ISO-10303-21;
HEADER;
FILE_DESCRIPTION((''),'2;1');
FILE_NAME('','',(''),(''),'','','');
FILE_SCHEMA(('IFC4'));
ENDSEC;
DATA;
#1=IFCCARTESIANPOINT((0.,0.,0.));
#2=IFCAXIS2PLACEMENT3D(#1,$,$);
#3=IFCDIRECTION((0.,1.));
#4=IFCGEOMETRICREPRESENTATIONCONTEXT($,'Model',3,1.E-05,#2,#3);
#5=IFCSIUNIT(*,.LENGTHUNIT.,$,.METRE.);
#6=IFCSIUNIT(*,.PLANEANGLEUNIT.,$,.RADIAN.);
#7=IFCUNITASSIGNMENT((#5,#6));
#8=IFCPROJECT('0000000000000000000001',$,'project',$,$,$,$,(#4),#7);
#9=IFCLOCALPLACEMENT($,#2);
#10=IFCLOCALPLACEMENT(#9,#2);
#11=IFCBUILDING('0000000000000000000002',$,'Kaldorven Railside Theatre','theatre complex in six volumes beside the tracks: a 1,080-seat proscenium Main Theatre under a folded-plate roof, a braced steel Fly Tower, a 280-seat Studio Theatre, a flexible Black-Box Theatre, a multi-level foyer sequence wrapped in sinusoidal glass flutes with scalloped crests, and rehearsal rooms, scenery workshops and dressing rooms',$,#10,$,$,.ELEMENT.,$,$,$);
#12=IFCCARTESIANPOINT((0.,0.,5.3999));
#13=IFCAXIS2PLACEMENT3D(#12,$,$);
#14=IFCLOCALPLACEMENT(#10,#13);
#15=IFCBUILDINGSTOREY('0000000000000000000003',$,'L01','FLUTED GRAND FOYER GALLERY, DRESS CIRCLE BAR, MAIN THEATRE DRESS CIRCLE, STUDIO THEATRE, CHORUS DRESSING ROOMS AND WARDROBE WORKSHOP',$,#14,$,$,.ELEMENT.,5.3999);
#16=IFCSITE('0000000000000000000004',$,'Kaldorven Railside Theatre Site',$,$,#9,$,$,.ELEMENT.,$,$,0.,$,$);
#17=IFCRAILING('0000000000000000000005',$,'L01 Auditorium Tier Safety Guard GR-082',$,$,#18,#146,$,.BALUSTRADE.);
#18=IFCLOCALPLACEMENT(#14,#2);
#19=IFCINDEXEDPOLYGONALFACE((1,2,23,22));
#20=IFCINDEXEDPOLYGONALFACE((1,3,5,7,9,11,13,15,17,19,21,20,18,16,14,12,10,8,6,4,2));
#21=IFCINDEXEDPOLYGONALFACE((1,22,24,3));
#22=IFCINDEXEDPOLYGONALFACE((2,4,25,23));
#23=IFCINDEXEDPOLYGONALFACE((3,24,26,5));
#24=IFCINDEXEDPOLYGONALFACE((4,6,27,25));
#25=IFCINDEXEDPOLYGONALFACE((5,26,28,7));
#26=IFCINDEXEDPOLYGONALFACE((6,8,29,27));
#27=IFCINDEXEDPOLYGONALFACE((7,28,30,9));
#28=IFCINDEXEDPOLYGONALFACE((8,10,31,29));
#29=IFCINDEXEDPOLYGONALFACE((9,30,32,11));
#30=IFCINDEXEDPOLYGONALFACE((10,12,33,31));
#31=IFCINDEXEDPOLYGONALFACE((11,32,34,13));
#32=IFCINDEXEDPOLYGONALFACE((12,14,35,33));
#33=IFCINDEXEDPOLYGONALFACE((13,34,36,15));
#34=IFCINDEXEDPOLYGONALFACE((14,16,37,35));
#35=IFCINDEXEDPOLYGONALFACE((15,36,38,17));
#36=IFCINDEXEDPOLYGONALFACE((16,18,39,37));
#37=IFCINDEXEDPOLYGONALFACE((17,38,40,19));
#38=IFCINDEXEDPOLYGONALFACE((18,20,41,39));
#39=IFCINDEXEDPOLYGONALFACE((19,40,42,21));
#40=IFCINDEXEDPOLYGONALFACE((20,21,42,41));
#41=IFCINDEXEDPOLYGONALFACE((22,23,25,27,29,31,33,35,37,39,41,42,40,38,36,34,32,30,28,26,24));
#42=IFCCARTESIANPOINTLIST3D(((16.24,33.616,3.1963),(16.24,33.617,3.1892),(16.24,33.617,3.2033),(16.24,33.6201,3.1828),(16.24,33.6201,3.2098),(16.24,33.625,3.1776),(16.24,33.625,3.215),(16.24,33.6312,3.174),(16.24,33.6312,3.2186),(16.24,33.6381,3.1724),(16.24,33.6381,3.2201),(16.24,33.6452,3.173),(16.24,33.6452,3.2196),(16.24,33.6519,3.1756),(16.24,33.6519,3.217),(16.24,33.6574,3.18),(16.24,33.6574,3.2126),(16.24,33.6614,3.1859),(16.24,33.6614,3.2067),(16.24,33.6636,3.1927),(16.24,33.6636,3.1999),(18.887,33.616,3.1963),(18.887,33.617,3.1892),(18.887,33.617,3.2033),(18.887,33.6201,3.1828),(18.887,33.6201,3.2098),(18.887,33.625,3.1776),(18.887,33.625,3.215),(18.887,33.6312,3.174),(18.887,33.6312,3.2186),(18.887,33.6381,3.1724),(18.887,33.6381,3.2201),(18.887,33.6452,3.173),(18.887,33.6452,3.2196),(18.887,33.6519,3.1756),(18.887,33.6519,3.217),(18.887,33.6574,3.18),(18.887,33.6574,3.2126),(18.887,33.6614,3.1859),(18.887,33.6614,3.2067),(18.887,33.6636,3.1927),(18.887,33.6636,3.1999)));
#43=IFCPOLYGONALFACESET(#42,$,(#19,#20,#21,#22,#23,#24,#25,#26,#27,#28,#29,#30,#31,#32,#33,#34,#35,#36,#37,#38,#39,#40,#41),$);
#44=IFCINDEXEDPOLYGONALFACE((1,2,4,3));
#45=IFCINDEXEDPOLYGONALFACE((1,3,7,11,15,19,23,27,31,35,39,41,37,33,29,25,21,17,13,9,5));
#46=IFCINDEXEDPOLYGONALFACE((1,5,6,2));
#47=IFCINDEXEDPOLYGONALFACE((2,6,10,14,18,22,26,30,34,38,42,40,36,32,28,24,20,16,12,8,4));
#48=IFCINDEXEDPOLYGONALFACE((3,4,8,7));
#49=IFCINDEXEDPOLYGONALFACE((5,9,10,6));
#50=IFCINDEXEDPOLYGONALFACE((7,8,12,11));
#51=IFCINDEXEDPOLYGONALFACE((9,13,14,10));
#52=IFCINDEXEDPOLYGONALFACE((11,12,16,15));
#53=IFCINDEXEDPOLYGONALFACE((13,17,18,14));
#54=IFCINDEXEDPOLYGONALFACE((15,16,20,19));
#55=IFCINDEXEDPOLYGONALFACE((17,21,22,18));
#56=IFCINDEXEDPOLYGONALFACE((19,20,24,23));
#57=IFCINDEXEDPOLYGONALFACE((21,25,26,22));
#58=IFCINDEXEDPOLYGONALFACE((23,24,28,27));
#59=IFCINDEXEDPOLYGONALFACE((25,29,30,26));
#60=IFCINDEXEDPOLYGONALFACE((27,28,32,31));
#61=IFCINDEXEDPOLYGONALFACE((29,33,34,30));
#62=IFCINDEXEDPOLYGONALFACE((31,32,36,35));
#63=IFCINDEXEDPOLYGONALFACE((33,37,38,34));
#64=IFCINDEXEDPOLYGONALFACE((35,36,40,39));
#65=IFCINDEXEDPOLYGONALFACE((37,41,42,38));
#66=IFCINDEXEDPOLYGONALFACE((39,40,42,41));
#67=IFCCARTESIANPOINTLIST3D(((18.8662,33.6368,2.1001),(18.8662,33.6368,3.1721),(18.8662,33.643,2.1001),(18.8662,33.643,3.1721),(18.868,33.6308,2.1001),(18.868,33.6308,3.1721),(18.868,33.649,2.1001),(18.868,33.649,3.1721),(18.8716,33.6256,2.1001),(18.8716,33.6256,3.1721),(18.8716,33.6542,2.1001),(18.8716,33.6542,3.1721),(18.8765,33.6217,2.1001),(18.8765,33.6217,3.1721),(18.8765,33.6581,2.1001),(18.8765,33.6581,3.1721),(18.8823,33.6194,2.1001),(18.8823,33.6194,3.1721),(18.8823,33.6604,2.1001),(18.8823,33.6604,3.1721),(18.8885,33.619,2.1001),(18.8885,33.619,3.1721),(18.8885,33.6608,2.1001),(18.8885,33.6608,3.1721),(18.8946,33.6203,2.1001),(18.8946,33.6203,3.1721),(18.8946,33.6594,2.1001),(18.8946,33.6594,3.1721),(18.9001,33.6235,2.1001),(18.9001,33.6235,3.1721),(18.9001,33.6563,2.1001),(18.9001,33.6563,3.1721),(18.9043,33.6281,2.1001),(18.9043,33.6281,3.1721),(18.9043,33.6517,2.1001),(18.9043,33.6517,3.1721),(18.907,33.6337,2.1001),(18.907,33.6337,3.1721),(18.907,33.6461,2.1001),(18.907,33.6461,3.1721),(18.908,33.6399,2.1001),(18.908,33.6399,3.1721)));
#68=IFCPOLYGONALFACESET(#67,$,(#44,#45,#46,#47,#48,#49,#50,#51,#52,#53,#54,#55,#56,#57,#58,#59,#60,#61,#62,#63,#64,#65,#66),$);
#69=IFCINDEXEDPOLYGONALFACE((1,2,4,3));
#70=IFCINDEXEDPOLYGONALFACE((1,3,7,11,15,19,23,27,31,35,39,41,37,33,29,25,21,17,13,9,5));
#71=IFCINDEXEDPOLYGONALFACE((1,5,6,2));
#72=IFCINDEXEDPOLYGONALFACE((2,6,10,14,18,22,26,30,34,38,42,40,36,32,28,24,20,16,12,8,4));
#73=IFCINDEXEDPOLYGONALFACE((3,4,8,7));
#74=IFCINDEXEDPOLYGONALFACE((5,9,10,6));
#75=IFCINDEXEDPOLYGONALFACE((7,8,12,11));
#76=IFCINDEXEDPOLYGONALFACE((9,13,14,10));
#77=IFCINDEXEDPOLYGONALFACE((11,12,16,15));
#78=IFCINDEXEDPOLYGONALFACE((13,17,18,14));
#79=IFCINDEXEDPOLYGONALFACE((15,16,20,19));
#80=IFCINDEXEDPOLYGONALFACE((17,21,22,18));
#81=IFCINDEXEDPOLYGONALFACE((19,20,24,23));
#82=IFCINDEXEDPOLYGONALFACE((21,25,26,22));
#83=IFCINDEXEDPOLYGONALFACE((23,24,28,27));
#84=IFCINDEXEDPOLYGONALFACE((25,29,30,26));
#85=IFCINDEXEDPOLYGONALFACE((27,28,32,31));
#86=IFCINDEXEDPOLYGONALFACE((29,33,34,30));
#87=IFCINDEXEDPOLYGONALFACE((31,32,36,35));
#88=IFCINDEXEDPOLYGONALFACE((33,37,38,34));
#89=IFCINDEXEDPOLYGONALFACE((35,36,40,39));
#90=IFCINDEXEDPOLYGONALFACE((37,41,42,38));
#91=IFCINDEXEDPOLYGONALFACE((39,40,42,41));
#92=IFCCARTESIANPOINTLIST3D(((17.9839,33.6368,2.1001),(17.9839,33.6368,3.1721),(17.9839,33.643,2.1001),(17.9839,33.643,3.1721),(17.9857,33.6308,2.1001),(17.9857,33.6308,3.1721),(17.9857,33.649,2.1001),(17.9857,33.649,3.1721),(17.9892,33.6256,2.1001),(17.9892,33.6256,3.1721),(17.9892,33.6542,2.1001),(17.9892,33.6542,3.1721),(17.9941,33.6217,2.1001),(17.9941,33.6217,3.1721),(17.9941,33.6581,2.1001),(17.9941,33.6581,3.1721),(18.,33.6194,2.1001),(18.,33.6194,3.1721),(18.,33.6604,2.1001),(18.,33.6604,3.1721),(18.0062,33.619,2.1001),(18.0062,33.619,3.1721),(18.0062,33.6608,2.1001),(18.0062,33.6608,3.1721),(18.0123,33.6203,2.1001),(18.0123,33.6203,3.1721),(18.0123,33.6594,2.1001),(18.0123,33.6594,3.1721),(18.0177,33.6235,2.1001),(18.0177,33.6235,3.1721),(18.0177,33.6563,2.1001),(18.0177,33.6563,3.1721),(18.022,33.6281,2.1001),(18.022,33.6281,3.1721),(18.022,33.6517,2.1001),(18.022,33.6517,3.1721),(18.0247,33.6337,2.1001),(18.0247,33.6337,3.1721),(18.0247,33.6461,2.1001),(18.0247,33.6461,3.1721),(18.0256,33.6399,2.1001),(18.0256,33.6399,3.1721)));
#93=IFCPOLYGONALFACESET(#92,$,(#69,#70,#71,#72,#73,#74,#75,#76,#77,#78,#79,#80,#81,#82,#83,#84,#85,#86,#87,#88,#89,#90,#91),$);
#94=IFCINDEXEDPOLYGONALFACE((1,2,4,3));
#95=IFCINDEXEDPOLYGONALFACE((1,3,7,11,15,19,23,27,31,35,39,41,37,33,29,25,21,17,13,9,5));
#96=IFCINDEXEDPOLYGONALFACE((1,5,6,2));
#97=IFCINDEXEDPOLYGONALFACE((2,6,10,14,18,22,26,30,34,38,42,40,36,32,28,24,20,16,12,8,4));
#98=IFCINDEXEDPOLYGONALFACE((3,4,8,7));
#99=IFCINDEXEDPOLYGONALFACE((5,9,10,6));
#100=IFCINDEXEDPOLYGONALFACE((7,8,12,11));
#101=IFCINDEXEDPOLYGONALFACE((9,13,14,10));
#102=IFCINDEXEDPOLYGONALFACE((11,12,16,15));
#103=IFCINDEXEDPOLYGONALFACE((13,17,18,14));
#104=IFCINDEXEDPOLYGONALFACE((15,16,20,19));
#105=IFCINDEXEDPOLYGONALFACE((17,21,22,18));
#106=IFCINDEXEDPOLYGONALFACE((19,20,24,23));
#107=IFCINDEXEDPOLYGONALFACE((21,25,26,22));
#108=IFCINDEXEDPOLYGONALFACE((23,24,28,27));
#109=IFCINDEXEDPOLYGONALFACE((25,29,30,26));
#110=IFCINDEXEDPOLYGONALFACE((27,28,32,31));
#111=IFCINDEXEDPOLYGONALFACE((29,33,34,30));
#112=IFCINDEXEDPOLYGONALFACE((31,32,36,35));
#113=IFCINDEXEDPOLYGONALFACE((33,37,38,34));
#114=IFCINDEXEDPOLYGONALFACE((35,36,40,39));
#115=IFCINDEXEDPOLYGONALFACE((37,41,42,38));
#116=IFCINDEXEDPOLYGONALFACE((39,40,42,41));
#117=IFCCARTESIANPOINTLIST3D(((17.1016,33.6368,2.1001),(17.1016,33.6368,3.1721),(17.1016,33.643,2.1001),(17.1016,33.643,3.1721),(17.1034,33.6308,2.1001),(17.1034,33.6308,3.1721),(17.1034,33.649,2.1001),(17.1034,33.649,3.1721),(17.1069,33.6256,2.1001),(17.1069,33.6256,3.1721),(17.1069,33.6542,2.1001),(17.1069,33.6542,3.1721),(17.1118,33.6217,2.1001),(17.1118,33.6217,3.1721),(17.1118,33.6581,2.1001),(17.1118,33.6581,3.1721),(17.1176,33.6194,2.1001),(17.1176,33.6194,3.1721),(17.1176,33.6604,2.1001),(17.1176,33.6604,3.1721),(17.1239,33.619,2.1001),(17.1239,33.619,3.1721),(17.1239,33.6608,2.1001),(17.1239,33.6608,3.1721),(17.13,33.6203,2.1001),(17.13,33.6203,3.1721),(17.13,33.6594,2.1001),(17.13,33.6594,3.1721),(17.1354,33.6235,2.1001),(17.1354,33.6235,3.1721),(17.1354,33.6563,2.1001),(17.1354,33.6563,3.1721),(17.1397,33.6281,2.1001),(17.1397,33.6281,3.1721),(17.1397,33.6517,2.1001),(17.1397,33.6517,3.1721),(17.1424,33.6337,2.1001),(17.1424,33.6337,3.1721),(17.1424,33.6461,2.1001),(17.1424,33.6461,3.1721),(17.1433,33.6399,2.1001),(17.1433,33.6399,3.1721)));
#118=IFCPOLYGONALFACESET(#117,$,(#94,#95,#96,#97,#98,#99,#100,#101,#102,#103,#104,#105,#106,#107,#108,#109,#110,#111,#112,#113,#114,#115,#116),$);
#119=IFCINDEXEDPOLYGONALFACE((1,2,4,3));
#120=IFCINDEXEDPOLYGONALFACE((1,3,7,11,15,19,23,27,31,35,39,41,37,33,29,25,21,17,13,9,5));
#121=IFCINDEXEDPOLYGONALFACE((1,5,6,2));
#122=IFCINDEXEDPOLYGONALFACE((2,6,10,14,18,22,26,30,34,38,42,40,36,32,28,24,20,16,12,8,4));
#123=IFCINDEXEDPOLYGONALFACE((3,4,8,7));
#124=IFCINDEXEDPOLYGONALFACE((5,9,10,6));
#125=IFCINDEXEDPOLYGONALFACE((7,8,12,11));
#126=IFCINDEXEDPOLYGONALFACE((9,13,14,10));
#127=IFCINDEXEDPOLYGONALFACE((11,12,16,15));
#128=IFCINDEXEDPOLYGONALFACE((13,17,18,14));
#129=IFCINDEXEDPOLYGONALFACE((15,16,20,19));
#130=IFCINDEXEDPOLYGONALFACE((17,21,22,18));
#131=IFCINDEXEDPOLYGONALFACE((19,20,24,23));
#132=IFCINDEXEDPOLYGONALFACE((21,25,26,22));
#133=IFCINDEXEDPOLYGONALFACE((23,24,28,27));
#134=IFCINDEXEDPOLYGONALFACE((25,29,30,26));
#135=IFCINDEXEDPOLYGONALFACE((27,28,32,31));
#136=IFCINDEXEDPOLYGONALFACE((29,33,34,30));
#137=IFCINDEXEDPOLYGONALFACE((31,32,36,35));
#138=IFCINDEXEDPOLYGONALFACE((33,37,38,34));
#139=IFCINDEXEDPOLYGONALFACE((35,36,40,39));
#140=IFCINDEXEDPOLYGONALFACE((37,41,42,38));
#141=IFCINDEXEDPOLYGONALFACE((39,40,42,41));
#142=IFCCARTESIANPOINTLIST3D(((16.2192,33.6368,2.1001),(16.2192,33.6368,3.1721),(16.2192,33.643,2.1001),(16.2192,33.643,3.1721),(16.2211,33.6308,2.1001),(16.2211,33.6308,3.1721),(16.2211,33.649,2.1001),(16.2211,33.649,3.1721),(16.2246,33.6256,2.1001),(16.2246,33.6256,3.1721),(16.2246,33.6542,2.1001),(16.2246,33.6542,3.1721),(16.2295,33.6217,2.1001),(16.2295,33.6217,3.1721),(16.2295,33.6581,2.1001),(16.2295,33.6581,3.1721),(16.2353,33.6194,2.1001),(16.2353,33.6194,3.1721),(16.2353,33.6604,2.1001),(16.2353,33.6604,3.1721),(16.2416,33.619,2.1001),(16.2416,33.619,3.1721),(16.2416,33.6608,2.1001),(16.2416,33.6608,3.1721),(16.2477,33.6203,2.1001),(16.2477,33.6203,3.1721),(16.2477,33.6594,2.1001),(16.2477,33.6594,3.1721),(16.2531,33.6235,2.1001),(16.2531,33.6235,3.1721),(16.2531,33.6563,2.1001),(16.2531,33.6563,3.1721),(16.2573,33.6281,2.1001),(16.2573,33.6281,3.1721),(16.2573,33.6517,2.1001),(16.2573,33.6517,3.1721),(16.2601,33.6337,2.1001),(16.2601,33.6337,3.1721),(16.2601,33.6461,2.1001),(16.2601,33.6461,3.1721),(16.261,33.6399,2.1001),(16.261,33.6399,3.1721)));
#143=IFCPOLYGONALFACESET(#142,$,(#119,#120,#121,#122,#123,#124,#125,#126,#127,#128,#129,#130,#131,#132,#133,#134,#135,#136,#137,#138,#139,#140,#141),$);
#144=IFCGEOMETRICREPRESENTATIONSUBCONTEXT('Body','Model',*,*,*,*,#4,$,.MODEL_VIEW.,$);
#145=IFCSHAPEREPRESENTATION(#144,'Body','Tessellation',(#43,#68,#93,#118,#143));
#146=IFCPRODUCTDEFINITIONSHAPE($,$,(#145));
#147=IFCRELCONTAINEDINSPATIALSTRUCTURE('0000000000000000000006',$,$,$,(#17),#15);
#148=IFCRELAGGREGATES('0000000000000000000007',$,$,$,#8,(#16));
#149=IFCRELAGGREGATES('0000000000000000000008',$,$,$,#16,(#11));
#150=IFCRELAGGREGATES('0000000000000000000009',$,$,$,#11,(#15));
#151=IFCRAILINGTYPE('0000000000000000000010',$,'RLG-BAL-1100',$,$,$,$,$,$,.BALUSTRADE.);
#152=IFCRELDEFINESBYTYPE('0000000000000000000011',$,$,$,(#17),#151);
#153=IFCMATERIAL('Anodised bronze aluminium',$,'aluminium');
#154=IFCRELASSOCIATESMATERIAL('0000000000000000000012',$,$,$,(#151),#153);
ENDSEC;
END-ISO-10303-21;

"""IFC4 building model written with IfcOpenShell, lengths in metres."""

from ifc_helpers import new_model, si_unit, direction, frame, origin, origin_2d, place, context, subcontext, project, spatial, circle, extrude, material, type_object, element, save


model = new_model("IFC4")

# Units and contexts
model_context = context("Model", 3, precision=1e-05, world=origin(), true_north=direction((0.0, 1.0)))
body_context = subcontext(model_context, "Body", "Model", "MODEL_VIEW")
ifc_project = project(units=[si_unit("LENGTHUNIT", "METRE"), si_unit("PLANEANGLEUNIT", "RADIAN")], contexts=[model_context])

# Site, building, storey
site_placement = place(None, origin())
site = spatial("IfcSite", under=ifc_project, at=site_placement, Name="Kaldorven Railside Theatre Site", CompositionType="ELEMENT", RefElevation=0.0)
building_placement = place(site_placement, origin())
building = spatial("IfcBuilding", under=site, at=building_placement, Name="Kaldorven Railside Theatre", Description="theatre complex in six volumes beside the tracks: a 1,080-seat proscenium Main Theatre under a folded-plate roof, a braced steel Fly Tower, a 280-seat Studio Theatre, a flexible Black-Box Theatre, a multi-level foyer sequence wrapped in sinusoidal glass flutes with scalloped crests, and rehearsal rooms, scenery workshops and dressing rooms", CompositionType="ELEMENT")
storey_placement = place(building_placement, frame((0.0, 0.0, 5.3999)))
storey = spatial("IfcBuildingStorey", under=building, at=storey_placement, Name="L01", Description="FLUTED GRAND FOYER GALLERY, DRESS CIRCLE BAR, MAIN THEATRE DRESS CIRCLE, STUDIO THEATRE, CHORUS DRESSING ROOMS AND WARDROBE WORKSHOP", CompositionType="ELEMENT", Elevation=5.3999)

# Railing
ifc_material_1 = material(Name="Anodised bronze aluminium", Category="aluminium")
railing_type = type_object("IfcRailingType", Name="RLG-BAL-1100", PredefinedType="BALUSTRADE", material=ifc_material_1)
railing_1_placement = place(storey_placement, frame((18.887, 33.6399, 2.1001)))
element("IfcRailing", 1, at=railing_1_placement, inside=storey, type_object=railing_type, Name="L01 Auditorium Tier Safety Guard GR-082", PredefinedType="BALUSTRADE", context=body_context, shape_type="SweptSolid", body=[
    extrude(circle(Radius=0.0239, at=origin_2d()), frame((0.0, 0.0, 1.0962), z_axis=(-1.0, 0.0, 0.0), x_axis=(0.0, -1.0, 0.0)), (0.0, 0.0, 1.0), 2.647),
    extrude(circle(Radius=0.021, at=origin_2d()), origin(), (0.0, 0.0, 1.0), 1.072),
    extrude(circle(Radius=0.021, at=origin_2d()), frame((-0.8823, 0.0, 0.0)), (0.0, 0.0, 1.0), 1.072),
    extrude(circle(Radius=0.021, at=origin_2d()), frame((-1.7646, 0.0, 0.0)), (0.0, 0.0, 1.0), 1.072),
    extrude(circle(Radius=0.021, at=origin_2d()), frame((-2.647, 0.0, 0.0)), (0.0, 0.0, 1.0), 1.072),
])

save(model, "model.ifc")
